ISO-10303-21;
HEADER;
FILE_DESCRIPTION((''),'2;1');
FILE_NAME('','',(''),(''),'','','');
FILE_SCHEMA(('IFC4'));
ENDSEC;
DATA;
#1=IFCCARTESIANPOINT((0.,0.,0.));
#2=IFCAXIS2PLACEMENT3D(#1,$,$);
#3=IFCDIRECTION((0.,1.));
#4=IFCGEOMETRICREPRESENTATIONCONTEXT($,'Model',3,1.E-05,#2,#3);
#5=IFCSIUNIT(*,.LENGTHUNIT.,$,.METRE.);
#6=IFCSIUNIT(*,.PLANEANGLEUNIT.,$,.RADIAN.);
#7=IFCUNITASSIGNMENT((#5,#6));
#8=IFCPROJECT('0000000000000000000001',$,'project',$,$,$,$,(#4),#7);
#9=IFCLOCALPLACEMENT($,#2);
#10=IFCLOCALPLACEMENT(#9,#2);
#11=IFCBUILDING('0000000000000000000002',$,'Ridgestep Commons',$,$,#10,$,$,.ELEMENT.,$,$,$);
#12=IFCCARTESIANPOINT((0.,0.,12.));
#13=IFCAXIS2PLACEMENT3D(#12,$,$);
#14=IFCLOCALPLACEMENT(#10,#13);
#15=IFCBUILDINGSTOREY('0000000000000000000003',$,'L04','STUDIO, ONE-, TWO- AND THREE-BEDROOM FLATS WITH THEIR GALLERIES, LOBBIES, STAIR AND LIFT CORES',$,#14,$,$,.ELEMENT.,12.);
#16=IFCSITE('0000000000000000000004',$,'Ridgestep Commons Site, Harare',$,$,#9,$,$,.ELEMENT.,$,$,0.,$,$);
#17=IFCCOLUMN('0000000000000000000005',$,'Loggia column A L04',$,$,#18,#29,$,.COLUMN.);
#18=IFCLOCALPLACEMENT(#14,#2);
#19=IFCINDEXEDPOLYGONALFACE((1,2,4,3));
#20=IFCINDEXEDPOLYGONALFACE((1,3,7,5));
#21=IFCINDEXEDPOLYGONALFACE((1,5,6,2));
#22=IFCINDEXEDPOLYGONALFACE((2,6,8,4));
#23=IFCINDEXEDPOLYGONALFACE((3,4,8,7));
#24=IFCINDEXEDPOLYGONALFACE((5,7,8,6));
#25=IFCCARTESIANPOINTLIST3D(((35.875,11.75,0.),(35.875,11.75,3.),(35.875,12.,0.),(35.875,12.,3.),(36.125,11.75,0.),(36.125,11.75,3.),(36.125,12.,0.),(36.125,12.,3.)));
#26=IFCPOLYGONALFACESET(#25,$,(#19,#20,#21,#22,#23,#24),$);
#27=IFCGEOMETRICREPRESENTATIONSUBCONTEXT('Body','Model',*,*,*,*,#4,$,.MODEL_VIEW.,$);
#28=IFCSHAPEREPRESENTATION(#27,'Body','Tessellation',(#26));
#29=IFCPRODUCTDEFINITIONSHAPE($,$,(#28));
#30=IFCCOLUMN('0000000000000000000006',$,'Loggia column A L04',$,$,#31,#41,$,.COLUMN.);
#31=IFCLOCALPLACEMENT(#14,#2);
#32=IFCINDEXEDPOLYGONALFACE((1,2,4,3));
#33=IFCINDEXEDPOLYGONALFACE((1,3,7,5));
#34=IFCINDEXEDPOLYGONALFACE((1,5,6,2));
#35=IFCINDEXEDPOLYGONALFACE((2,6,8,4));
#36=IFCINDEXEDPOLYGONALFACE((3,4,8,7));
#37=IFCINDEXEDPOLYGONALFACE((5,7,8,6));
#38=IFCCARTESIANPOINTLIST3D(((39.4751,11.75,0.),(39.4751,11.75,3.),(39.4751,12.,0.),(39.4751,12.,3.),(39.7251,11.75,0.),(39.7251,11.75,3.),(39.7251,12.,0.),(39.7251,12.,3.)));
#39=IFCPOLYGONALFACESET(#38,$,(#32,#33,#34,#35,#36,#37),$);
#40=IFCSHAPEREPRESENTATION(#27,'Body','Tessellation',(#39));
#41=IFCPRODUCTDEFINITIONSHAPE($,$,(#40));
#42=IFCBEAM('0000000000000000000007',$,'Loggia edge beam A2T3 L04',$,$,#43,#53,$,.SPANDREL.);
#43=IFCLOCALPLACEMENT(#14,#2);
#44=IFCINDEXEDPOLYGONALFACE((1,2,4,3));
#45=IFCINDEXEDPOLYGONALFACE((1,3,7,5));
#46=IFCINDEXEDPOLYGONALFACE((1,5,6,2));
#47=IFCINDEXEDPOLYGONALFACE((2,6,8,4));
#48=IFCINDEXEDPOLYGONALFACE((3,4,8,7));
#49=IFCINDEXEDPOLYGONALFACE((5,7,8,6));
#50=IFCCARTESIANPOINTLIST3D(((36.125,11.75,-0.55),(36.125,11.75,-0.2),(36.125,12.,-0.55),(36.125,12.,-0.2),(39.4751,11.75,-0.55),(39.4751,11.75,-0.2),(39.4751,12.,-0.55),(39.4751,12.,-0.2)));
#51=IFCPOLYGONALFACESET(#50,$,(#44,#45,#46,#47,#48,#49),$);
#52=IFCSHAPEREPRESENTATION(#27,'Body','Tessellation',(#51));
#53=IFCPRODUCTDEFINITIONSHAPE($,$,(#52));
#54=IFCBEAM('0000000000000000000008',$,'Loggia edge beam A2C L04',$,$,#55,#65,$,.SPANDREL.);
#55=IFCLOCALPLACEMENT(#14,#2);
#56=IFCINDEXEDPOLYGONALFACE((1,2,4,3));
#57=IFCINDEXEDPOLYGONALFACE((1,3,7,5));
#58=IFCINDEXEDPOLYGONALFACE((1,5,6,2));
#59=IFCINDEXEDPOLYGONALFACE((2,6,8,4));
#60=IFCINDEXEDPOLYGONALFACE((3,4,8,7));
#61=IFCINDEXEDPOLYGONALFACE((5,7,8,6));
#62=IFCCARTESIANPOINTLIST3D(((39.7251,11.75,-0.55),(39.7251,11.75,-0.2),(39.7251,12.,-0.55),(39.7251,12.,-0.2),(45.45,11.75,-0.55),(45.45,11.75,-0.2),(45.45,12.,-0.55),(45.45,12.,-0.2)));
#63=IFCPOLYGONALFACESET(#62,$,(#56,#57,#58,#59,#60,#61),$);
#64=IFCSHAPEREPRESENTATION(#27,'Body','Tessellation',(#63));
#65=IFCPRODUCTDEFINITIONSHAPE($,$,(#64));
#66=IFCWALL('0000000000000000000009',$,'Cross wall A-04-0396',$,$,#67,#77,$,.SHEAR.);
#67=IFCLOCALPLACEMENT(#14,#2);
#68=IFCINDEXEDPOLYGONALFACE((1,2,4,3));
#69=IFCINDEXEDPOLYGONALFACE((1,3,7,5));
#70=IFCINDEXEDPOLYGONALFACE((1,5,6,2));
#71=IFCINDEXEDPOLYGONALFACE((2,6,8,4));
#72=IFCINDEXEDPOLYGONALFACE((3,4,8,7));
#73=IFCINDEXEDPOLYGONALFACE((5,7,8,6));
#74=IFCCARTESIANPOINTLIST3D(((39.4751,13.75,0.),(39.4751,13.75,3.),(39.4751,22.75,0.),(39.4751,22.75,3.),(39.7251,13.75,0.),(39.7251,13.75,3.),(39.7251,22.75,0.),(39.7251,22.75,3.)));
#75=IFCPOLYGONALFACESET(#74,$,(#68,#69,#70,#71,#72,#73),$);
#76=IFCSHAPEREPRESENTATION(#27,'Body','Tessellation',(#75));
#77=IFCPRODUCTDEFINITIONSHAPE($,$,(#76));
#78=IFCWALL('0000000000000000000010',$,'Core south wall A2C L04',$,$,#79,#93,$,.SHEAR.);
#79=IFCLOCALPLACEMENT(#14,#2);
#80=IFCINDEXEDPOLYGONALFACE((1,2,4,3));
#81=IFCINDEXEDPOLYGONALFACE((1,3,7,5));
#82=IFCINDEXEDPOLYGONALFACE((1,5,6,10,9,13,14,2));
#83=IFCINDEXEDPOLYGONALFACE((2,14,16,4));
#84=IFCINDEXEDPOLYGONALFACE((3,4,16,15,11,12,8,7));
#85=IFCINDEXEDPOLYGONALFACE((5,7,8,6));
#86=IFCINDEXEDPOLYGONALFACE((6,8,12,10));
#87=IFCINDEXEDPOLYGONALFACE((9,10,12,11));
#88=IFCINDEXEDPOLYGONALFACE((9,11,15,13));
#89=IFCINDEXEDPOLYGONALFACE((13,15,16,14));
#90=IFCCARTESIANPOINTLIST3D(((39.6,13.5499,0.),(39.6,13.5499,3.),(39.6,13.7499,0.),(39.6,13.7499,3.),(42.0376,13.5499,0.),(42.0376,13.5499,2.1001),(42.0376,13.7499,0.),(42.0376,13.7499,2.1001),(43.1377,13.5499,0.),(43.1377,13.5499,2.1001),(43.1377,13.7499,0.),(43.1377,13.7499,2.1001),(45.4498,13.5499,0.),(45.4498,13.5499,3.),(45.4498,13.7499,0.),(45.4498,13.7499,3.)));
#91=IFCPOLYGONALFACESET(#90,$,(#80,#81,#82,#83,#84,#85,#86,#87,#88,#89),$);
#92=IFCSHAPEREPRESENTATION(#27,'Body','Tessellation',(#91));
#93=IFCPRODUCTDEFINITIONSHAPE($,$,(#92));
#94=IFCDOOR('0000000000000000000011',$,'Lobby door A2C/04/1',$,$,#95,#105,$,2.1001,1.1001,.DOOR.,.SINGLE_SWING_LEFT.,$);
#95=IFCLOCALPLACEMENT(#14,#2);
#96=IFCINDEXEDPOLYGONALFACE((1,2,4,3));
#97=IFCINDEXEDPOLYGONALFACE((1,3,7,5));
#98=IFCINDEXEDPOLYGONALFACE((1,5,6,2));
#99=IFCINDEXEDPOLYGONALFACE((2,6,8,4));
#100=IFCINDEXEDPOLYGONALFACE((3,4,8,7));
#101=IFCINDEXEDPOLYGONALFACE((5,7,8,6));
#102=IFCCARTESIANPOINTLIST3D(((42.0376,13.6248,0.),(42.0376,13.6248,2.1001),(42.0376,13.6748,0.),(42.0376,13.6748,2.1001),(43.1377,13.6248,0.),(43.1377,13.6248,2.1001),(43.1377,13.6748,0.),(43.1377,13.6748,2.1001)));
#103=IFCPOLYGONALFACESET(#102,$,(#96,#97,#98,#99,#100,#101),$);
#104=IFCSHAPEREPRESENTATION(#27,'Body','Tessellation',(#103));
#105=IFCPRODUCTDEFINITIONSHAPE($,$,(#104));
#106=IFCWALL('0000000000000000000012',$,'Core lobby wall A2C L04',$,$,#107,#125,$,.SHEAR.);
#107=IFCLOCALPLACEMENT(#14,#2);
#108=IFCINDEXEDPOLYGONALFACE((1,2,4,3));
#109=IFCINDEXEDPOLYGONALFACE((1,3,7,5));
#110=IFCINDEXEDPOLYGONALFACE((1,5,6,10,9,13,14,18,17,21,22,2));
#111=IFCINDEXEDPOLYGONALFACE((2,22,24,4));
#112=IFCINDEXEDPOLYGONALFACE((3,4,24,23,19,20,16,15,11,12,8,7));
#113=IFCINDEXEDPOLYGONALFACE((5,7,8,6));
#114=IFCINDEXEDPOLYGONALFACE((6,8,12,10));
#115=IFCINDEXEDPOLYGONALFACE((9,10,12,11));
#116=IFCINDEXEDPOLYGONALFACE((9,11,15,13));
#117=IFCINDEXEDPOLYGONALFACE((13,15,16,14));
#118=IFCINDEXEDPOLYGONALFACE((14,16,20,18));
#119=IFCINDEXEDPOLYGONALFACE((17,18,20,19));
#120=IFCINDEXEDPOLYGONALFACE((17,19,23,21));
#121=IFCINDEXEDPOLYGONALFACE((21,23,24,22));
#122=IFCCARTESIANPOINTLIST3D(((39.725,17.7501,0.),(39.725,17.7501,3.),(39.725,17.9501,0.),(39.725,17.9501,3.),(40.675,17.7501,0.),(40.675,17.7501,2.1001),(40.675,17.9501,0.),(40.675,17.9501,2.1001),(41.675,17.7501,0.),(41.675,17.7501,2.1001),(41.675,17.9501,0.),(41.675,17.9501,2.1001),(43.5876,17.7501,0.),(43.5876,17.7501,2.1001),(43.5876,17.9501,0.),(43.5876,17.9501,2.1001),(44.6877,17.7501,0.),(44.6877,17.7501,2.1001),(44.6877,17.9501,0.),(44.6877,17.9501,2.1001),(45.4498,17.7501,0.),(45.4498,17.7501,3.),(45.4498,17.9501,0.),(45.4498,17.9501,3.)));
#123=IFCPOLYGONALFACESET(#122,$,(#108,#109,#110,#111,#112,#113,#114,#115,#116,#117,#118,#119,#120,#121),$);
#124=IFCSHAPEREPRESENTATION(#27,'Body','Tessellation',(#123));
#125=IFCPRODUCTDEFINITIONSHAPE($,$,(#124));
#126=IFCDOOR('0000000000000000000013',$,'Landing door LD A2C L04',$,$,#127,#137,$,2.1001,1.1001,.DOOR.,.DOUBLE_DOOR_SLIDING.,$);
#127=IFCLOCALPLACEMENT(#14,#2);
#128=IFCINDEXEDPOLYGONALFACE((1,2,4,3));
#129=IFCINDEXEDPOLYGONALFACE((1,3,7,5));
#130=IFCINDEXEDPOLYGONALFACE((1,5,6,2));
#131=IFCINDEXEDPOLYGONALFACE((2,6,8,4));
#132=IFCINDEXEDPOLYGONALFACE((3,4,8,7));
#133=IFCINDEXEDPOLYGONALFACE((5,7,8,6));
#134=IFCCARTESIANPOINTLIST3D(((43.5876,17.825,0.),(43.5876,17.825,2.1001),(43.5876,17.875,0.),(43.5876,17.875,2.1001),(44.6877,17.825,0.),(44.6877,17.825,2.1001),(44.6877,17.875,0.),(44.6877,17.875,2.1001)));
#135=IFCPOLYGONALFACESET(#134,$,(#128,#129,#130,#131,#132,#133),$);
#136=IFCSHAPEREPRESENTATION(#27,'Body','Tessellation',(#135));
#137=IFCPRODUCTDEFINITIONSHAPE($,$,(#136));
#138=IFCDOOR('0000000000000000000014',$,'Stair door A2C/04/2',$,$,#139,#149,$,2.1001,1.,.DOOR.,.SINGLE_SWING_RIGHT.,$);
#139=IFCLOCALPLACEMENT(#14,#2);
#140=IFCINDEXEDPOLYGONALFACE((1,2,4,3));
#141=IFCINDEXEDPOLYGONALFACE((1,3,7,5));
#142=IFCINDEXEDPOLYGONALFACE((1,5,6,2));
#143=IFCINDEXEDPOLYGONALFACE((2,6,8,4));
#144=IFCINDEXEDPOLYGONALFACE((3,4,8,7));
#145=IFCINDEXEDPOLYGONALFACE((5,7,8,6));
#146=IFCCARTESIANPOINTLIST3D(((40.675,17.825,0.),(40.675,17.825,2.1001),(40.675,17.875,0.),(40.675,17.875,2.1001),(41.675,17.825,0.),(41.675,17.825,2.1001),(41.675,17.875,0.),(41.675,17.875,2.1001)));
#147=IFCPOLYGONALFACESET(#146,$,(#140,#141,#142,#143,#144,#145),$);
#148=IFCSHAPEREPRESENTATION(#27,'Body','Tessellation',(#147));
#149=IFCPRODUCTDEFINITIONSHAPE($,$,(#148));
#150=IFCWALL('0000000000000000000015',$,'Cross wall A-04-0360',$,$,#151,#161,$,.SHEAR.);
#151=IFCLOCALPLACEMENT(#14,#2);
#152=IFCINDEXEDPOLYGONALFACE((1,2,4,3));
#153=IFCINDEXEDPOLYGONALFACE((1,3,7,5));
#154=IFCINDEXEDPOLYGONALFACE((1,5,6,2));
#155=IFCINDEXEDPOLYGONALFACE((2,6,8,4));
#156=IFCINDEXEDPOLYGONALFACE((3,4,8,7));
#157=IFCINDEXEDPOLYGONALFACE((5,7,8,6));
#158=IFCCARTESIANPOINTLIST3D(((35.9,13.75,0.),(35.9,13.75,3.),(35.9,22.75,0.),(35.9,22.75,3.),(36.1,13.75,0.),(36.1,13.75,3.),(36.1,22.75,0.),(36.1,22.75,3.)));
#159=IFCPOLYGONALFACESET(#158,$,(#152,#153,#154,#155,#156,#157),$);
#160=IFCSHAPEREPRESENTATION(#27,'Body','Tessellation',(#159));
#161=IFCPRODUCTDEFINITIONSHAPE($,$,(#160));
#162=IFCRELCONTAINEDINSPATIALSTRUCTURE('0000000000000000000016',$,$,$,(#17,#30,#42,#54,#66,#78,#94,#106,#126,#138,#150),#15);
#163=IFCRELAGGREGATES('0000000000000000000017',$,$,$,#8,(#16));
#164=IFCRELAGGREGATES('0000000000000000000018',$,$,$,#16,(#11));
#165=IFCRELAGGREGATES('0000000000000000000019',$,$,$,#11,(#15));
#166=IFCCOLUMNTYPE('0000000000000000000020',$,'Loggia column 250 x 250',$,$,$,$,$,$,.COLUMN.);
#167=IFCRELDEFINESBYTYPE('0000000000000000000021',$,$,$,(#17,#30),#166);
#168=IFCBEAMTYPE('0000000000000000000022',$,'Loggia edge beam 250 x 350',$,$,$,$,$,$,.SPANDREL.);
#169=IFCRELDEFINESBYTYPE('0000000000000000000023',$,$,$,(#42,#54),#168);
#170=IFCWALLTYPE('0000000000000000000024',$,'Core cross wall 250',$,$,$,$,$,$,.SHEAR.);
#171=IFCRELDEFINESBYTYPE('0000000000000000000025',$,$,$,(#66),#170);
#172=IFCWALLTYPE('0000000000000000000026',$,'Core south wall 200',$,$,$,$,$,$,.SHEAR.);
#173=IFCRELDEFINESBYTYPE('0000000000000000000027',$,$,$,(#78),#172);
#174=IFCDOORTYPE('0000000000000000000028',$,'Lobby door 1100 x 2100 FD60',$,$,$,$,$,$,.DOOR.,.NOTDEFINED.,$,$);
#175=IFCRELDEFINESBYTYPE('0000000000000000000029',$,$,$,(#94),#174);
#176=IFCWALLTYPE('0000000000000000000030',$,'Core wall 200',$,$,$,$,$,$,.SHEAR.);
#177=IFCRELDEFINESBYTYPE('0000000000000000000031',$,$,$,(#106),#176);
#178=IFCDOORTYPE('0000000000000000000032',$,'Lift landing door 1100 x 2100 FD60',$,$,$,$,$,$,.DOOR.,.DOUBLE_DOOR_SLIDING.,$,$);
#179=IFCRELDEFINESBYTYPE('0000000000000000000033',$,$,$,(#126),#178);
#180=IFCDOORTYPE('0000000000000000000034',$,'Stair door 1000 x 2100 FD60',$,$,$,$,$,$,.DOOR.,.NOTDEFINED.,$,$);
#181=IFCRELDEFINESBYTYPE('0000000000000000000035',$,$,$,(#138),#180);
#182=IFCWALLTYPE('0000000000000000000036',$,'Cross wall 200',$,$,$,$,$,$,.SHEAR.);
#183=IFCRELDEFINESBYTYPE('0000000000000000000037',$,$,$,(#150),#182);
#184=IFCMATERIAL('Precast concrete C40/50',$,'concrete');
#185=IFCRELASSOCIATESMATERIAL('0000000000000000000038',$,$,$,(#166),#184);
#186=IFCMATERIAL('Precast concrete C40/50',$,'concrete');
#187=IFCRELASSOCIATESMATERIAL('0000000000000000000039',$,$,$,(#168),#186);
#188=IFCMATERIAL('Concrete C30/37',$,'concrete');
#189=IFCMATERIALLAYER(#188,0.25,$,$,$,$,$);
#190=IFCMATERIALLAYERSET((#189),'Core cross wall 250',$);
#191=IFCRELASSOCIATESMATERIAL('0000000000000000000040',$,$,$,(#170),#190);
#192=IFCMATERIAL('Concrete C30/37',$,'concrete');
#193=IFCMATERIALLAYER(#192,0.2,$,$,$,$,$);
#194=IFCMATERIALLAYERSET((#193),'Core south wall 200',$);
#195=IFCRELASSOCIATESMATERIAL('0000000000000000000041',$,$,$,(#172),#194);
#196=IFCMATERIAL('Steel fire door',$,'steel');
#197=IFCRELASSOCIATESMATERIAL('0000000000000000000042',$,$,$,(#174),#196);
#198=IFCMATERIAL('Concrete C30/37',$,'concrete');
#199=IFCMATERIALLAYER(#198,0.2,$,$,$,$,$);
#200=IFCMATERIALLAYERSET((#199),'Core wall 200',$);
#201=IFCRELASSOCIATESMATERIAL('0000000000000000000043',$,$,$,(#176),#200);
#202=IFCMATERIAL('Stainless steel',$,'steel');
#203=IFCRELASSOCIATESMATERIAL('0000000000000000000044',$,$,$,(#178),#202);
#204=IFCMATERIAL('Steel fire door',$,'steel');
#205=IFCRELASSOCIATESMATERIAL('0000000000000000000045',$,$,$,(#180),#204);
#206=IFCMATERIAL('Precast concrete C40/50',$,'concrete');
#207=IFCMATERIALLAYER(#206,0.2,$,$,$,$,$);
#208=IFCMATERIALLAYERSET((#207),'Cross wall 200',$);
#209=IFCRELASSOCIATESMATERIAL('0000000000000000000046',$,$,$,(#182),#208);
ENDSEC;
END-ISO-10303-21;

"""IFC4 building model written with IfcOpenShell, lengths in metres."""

from ifc_helpers import new_model, si_unit, direction, frame, frame_2d, origin, origin_2d, place, context, subcontext, project, spatial, rectangle, extrude, material, layer, layer_set, material_profile, profile_set, type_object, element, fill, save


model = new_model("IFC4")

# Units and contexts
model_context = context("Model", 3, precision=1e-05, world=origin(), true_north=direction((0.0, 1.0)))
body_context = subcontext(model_context, "Body", "Model", "MODEL_VIEW")
ifc_project = project(units=[si_unit("LENGTHUNIT", "METRE"), si_unit("PLANEANGLEUNIT", "RADIAN")], contexts=[model_context])

# Site, building, storey
site_placement = place(None, origin())
site = spatial("IfcSite", under=ifc_project, at=site_placement, Name="Ridgestep Commons Site, Harare", CompositionType="ELEMENT", RefElevation=0.0)
building_placement = place(site_placement, origin())
building = spatial("IfcBuilding", under=site, at=building_placement, Name="Ridgestep Commons", CompositionType="ELEMENT")
storey_placement = place(building_placement, frame((0.0, 0.0, 12.0)))
storey = spatial("IfcBuildingStorey", under=building, at=storey_placement, Name="L04", Description="STUDIO, ONE-, TWO- AND THREE-BEDROOM FLATS WITH THEIR GALLERIES, LOBBIES, STAIR AND LIFT CORES", CompositionType="ELEMENT", Elevation=12.0)

# Columns
ifc_material_1 = material(Name="Precast concrete C40/50", Category="concrete")
ifc_material_profile_1 = material_profile(ifc_material_1, rectangle(XDim=0.25, YDim=0.25, at=origin_2d()), Name="PC 250x250")
ifc_profile_set_1 = profile_set([ifc_material_profile_1], Name="Precast concrete C40/50")
column_type = type_object("IfcColumnType", Name="Loggia column 250 x 250", PredefinedType="COLUMN", material=ifc_profile_set_1)
for number, where, z_axis, x_axis, name in (
    (1, (36.0, 11.875, 0.0), (0.0, 0.0, 1.0), (1.0, 0.0, 0.0), "Loggia column A L04"),
    (2, (39.6001, 11.875, 0.0), (0.0, 0.0, 1.0), (1.0, 0.0, 0.0), "Loggia column A L04"),
):
    element("IfcColumn", number, at=place(storey_placement, frame(where, z_axis=z_axis, x_axis=x_axis)), inside=storey, type_object=column_type, Name=name, PredefinedType="COLUMN", context=body_context, shape_type="SweptSolid", body=[
        extrude(rectangle(XDim=0.25, YDim=0.25, at=origin_2d()), origin(), (0.0, 0.0, 1.0), 3.0),
    ])

# Beams
ifc_material_2 = material(Name="Precast concrete C40/50", Category="concrete")
ifc_material_profile_2 = material_profile(ifc_material_2, rectangle(XDim=0.25, YDim=0.3501, at=origin_2d()), Name="PC 250x350")
ifc_profile_set_2 = profile_set([ifc_material_profile_2], Name="Precast concrete C40/50")
beam_type = type_object("IfcBeamType", Name="Loggia edge beam 250 x 350", PredefinedType="SPANDREL", material=ifc_profile_set_2)
beam_1_placement = place(storey_placement, frame((36.125, 11.875, -0.375), z_axis=(1.0, 0.0, 0.0), x_axis=(0.0, 1.0, 0.0)))
element("IfcBeam", 3, at=beam_1_placement, inside=storey, type_object=beam_type, Name="Loggia edge beam A2T3 L04", PredefinedType="SPANDREL", context=body_context, shape_type="SweptSolid", body=[
    extrude(rectangle(XDim=0.25, YDim=0.3501, at=origin_2d()), origin(), (0.0, 0.0, 1.0), 3.3501),
])
beam_2_placement = place(storey_placement, frame((39.7251, 11.875, -0.375), z_axis=(1.0, 0.0, 0.0), x_axis=(0.0, 1.0, 0.0)))
element("IfcBeam", 4, at=beam_2_placement, inside=storey, type_object=beam_type, Name="Loggia edge beam A2C L04", PredefinedType="SPANDREL", context=body_context, shape_type="SweptSolid", body=[
    extrude(rectangle(XDim=0.25, YDim=0.3501, at=origin_2d()), origin(), (0.0, 0.0, 1.0), 5.7249),
])

# Wall
ifc_material_3 = material(Name="Concrete C30/37", Category="concrete")
ifc_layer_1 = layer(ifc_material_3, 0.25)
ifc_layer_set_1 = layer_set([ifc_layer_1], Name="Core cross wall 250")
wall_type_1 = type_object("IfcWallType", Name="Core cross wall 250", PredefinedType="SHEAR", material=ifc_layer_set_1)
wall_1_placement = place(storey_placement, frame((39.6001, 13.75, 0.0), z_axis=(0.0, 0.0, 1.0), x_axis=(0.0, 1.0, 0.0)))
element("IfcWall", 5, at=wall_1_placement, inside=storey, type_object=wall_type_1, Name="Cross wall A-04-0396", PredefinedType="SHEAR", context=body_context, shape_type="SweptSolid", body=[
    extrude(rectangle(XDim=9.0, YDim=0.25, at=frame_2d((4.5, 0.0))), origin(), (0.0, 0.0, 1.0), 3.0),
])

# Wall, opening, door
ifc_material_4 = material(Name="Concrete C30/37", Category="concrete")
ifc_layer_2 = layer(ifc_material_4, 0.2)
ifc_layer_set_2 = layer_set([ifc_layer_2], Name="Core south wall 200")
wall_type_2 = type_object("IfcWallType", Name="Core south wall 200", PredefinedType="SHEAR", material=ifc_layer_set_2)
wall_2_placement = place(storey_placement, frame((39.6001, 13.6499, 0.0), z_axis=(0.0, 0.0, 1.0), x_axis=(1.0, 0.0, 0.0)))
wall_2 = element("IfcWall", 6, at=wall_2_placement, inside=storey, type_object=wall_type_2, Name="Core south wall A2C L04", PredefinedType="SHEAR", context=body_context, shape_type="SweptSolid", body=[
    extrude(rectangle(XDim=5.8499, YDim=0.2, at=frame_2d((2.9248, 0.0))), origin(), (0.0, 0.0, 1.0), 3.0),
])
opening_1_placement = place(wall_2_placement, frame((2.4375, 0.0, 0.0)))
opening_1 = element("IfcOpeningElement", 7, at=opening_1_placement, cuts=wall_2, PredefinedType="OPENING", context=body_context, shape_type="SweptSolid", body=[
    extrude(rectangle(XDim=1.1001, YDim=2.1001, at=frame_2d((0.55, 1.05))), frame((0.0, 0.1099, 0.0), z_axis=(0.0, -1.0, 0.0), x_axis=(1.0, 0.0, 0.0)), (0.0, 0.0, 1.0), 0.22),
])
ifc_material_5 = material(Name="Steel fire door", Category="steel")
door_type_1 = type_object("IfcDoorType", Name="Lobby door 1100 x 2100 FD60", OperationType="NOTDEFINED", PredefinedType="DOOR", material=ifc_material_5)
door_1_placement = place(opening_1_placement, origin())
door_1 = element("IfcDoor", 8, at=door_1_placement, inside=storey, type_object=door_type_1, Name="Lobby door A2C/04/1", OperationType="SINGLE_SWING_LEFT", OverallHeight=2.1001, OverallWidth=1.1001, PredefinedType="DOOR", context=body_context, shape_type="SweptSolid", body=[
    extrude(rectangle(XDim=1.1001, YDim=2.1001, at=frame_2d((0.55, 1.05))), frame((0.0, 0.0249, 0.0), z_axis=(0.0, -1.0, 0.0), x_axis=(1.0, 0.0, 0.0)), (0.0, 0.0, 1.0), 0.05),
])
fill(opening_1, door_1)

# Wall, openings, doors
ifc_material_6 = material(Name="Concrete C30/37", Category="concrete")
ifc_layer_3 = layer(ifc_material_6, 0.2)
ifc_layer_set_3 = layer_set([ifc_layer_3], Name="Core wall 200")
wall_type_3 = type_object("IfcWallType", Name="Core wall 200", PredefinedType="SHEAR", material=ifc_layer_set_3)
wall_3_placement = place(storey_placement, frame((39.7251, 17.8501, 0.0), z_axis=(0.0, 0.0, 1.0), x_axis=(1.0, 0.0, 0.0)))
wall_3 = element("IfcWall", 9, at=wall_3_placement, inside=storey, type_object=wall_type_3, Name="Core lobby wall A2C L04", PredefinedType="SHEAR", context=body_context, shape_type="SweptSolid", body=[
    extrude(rectangle(XDim=5.7249, YDim=0.2, at=frame_2d((2.8623, 0.0))), origin(), (0.0, 0.0, 1.0), 3.0),
])
opening_2_placement = place(wall_3_placement, frame((0.95, 0.0, 0.0)))
opening_2 = element("IfcOpeningElement", 10, at=opening_2_placement, cuts=wall_3, PredefinedType="OPENING", context=body_context, shape_type="SweptSolid", body=[
    extrude(rectangle(XDim=1.0, YDim=2.1001, at=frame_2d((0.5, 1.05))), frame((0.0, 0.1099, 0.0), z_axis=(0.0, -1.0, 0.0), x_axis=(1.0, 0.0, 0.0)), (0.0, 0.0, 1.0), 0.22),
])
opening_3_placement = place(wall_3_placement, frame((3.8625, 0.0, 0.0)))
opening_3 = element("IfcOpeningElement", 11, at=opening_3_placement, cuts=wall_3, PredefinedType="OPENING", context=body_context, shape_type="SweptSolid", body=[
    extrude(rectangle(XDim=1.1001, YDim=2.1001, at=frame_2d((0.55, 1.05))), frame((0.0, 0.1099, 0.0), z_axis=(0.0, -1.0, 0.0), x_axis=(1.0, 0.0, 0.0)), (0.0, 0.0, 1.0), 0.22),
])
ifc_material_7 = material(Name="Stainless steel", Category="steel")
door_type_2 = type_object("IfcDoorType", Name="Lift landing door 1100 x 2100 FD60", OperationType="DOUBLE_DOOR_SLIDING", PredefinedType="DOOR", material=ifc_material_7)
door_2_placement = place(opening_3_placement, origin())
door_2 = element("IfcDoor", 12, at=door_2_placement, inside=storey, type_object=door_type_2, Name="Landing door LD A2C L04", OperationType="DOUBLE_DOOR_SLIDING", OverallHeight=2.1001, OverallWidth=1.1001, PredefinedType="DOOR", context=body_context, shape_type="SweptSolid", body=[
    extrude(rectangle(XDim=1.1001, YDim=2.1001, at=frame_2d((0.55, 1.05))), frame((0.0, 0.0249, 0.0), z_axis=(0.0, -1.0, 0.0), x_axis=(1.0, 0.0, 0.0)), (0.0, 0.0, 1.0), 0.05),
])
fill(opening_3, door_2)
ifc_material_8 = material(Name="Steel fire door", Category="steel")
door_type_3 = type_object("IfcDoorType", Name="Stair door 1000 x 2100 FD60", OperationType="NOTDEFINED", PredefinedType="DOOR", material=ifc_material_8)
door_3_placement = place(opening_2_placement, origin())
door_3 = element("IfcDoor", 13, at=door_3_placement, inside=storey, type_object=door_type_3, Name="Stair door A2C/04/2", OperationType="SINGLE_SWING_RIGHT", OverallHeight=2.1001, OverallWidth=1.0, PredefinedType="DOOR", context=body_context, shape_type="SweptSolid", body=[
    extrude(rectangle(XDim=1.0, YDim=2.1001, at=frame_2d((0.5, 1.05))), frame((0.0, 0.0249, 0.0), z_axis=(0.0, -1.0, 0.0), x_axis=(1.0, 0.0, 0.0)), (0.0, 0.0, 1.0), 0.05),
])
fill(opening_2, door_3)

# Wall
ifc_material_9 = material(Name="Precast concrete C40/50", Category="concrete")
ifc_layer_4 = layer(ifc_material_9, 0.2)
ifc_layer_set_4 = layer_set([ifc_layer_4], Name="Cross wall 200")
wall_type_4 = type_object("IfcWallType", Name="Cross wall 200", PredefinedType="SHEAR", material=ifc_layer_set_4)
wall_4_placement = place(storey_placement, frame((36.0, 13.75, 0.0), z_axis=(0.0, 0.0, 1.0), x_axis=(0.0, 1.0, 0.0)))
element("IfcWall", 14, at=wall_4_placement, inside=storey, type_object=wall_type_4, Name="Cross wall A-04-0360", PredefinedType="SHEAR", context=body_context, shape_type="SweptSolid", body=[
    extrude(rectangle(XDim=9.0, YDim=0.2, at=frame_2d((4.5, 0.0))), origin(), (0.0, 0.0, 1.0), 3.0),
])

save(model, "model.ifc")
